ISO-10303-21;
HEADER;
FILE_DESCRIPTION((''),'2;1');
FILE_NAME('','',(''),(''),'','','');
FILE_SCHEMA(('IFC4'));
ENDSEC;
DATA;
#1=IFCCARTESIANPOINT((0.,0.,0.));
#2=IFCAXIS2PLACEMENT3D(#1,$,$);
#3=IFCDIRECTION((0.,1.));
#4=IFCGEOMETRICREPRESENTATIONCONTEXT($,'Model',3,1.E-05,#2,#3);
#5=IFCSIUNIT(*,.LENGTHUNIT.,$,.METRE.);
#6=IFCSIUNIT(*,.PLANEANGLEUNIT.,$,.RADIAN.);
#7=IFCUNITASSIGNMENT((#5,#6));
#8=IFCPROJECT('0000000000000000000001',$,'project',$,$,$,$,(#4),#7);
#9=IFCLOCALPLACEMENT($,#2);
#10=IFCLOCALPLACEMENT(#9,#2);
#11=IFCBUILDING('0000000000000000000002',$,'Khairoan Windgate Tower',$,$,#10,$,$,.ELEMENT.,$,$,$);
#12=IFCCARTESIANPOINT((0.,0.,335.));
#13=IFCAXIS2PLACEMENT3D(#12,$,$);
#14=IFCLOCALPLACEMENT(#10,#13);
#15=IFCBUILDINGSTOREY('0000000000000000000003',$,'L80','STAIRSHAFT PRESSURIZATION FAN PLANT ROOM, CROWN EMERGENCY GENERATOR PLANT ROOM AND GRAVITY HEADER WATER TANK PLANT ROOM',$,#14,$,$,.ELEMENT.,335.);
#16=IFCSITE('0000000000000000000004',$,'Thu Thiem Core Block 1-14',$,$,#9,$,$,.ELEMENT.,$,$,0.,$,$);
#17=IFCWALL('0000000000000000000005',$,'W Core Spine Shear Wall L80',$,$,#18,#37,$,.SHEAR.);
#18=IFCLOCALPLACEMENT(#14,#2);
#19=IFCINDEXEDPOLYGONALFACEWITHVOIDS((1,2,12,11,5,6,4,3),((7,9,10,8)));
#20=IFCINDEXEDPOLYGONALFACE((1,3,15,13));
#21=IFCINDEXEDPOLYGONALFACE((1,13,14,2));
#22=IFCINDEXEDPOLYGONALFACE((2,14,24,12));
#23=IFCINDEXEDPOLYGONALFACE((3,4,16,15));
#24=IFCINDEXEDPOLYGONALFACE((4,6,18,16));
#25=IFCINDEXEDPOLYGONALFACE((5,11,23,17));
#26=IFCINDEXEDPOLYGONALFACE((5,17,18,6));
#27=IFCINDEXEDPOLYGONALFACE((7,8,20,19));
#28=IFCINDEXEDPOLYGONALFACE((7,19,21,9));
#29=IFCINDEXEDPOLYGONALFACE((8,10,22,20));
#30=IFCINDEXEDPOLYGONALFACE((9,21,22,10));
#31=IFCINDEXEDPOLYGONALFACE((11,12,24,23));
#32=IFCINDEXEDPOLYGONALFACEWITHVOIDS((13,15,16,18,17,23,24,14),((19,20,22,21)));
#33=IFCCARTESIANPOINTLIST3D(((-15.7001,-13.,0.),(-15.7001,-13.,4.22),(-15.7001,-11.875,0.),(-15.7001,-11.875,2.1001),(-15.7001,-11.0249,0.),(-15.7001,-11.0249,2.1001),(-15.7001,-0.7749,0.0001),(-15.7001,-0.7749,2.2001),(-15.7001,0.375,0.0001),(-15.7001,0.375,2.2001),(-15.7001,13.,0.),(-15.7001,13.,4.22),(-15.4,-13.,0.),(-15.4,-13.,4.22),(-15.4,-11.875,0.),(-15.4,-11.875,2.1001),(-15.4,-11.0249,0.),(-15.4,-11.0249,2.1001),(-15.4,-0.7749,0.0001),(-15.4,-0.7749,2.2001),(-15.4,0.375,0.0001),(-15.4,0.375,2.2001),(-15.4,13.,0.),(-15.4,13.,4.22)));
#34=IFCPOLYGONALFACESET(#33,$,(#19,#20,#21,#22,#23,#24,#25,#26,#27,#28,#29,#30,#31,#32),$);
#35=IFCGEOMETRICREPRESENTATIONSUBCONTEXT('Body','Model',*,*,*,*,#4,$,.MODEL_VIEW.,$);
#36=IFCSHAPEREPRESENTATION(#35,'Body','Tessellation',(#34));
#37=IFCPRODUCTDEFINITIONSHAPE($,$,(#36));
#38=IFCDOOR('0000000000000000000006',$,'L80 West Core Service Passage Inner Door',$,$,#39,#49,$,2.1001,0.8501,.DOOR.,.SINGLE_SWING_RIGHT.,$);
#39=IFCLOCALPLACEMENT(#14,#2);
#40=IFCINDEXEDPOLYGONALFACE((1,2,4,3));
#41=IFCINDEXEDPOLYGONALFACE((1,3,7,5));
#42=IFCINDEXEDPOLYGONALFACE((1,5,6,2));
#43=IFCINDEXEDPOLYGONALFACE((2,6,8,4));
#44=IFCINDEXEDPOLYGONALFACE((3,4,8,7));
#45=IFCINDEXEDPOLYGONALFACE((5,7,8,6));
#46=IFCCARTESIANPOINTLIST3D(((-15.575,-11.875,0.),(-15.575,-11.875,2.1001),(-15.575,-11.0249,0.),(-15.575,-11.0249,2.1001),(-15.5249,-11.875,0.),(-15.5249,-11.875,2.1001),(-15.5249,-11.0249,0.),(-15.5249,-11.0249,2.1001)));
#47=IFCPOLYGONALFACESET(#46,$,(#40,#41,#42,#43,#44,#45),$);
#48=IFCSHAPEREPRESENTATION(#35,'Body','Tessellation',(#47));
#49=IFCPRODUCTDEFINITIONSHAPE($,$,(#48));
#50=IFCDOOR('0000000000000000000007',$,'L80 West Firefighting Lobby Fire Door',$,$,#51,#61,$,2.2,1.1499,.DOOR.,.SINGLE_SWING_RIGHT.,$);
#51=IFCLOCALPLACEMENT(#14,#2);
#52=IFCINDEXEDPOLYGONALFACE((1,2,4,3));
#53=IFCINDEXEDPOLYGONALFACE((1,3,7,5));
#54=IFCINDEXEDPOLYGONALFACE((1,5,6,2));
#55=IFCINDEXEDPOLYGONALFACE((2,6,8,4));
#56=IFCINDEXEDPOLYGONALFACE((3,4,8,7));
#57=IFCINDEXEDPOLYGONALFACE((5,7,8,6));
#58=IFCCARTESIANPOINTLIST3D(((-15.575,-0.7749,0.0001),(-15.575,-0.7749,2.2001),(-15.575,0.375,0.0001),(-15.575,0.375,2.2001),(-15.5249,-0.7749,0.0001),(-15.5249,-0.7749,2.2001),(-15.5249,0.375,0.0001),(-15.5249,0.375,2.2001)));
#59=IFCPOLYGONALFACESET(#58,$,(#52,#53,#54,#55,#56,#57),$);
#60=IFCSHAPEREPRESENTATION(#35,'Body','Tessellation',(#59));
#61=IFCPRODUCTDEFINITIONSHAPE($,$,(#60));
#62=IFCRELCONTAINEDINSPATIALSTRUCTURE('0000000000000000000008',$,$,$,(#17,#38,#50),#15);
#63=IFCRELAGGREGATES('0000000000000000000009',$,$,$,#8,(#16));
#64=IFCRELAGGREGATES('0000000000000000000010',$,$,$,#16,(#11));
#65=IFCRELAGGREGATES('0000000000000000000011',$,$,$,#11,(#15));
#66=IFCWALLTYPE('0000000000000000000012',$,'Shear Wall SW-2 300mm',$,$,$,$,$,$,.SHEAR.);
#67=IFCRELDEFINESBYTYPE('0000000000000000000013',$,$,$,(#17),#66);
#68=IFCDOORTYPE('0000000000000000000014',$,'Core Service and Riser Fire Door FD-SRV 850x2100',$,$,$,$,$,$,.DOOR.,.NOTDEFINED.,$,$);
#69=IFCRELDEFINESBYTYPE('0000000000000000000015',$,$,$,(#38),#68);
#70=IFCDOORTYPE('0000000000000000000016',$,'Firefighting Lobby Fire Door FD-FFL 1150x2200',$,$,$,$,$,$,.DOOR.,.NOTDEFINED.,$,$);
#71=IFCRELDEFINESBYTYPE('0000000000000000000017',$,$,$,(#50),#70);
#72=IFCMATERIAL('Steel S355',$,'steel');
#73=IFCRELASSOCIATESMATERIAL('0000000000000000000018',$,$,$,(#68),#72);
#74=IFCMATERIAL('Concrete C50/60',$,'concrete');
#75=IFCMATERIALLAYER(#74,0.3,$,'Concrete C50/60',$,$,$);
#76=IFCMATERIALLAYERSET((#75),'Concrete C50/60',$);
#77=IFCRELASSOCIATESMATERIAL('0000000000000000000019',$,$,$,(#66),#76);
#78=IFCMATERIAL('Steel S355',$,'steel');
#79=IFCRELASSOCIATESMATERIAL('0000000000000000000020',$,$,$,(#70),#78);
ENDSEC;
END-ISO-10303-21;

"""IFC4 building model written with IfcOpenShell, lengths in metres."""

from ifc_helpers import new_model, si_unit, direction, frame, frame_2d, origin, place, context, subcontext, project, spatial, rectangle, extrude, material, layer, layer_set, type_object, element, fill, save


model = new_model("IFC4")

# Units and contexts
model_context = context("Model", 3, precision=1e-05, world=origin(), true_north=direction((0.0, 1.0)))
body_context = subcontext(model_context, "Body", "Model", "MODEL_VIEW")
ifc_project = project(units=[si_unit("LENGTHUNIT", "METRE"), si_unit("PLANEANGLEUNIT", "RADIAN")], contexts=[model_context])

# Site, building, storey
site_placement = place(None, origin())
site = spatial("IfcSite", under=ifc_project, at=site_placement, Name="Thu Thiem Core Block 1-14", CompositionType="ELEMENT", RefElevation=0.0)
building_placement = place(site_placement, origin())
building = spatial("IfcBuilding", under=site, at=building_placement, Name="Khairoan Windgate Tower", CompositionType="ELEMENT")
storey_placement = place(building_placement, frame((0.0, 0.0, 335.0)))
storey = spatial("IfcBuildingStorey", under=building, at=storey_placement, Name="L80", Description="STAIRSHAFT PRESSURIZATION FAN PLANT ROOM, CROWN EMERGENCY GENERATOR PLANT ROOM AND GRAVITY HEADER WATER TANK PLANT ROOM", CompositionType="ELEMENT", Elevation=335.0)

# Shared definitions
ifc_material_1 = material(Name="Steel S355", Category="steel")
door_type_1 = type_object("IfcDoorType", Name="Core Service and Riser Fire Door FD-SRV 850x2100", OperationType="NOTDEFINED", PredefinedType="DOOR", material=ifc_material_1)

# Wall, openings, doors
ifc_material_2 = material(Name="Concrete C50/60", Category="concrete")
ifc_layer_1 = layer(ifc_material_2, 0.3, Name="Concrete C50/60")
ifc_layer_set_1 = layer_set([ifc_layer_1], Name="Concrete C50/60")
wall_type_1 = type_object("IfcWallType", Name="Shear Wall SW-2 300mm", PredefinedType="SHEAR", material=ifc_layer_set_1)
wall_1_placement = place(storey_placement, frame((-15.55, -13.0, 0.0), z_axis=(0.0, 0.0, 1.0), x_axis=(0.0, 1.0, 0.0)))
wall_1 = element("IfcWall", 1, at=wall_1_placement, inside=storey, type_object=wall_type_1, Name="W Core Spine Shear Wall L80", PredefinedType="SHEAR", context=body_context, shape_type="SweptSolid", body=[
    extrude(rectangle(XDim=26.0, YDim=0.3, at=frame_2d((13.0, 0.0))), origin(), (0.0, 0.0, 1.0), 4.22),
])
opening_1_placement = place(wall_1_placement, frame((12.2251, 0.0, 0.0)))
opening_1 = element("IfcOpeningElement", 2, at=opening_1_placement, cuts=wall_1, PredefinedType="OPENING", context=body_context, shape_type="SweptSolid", body=[
    extrude(rectangle(XDim=1.1499, YDim=2.2, at=frame_2d((0.575, 1.1001))), frame((0.0, 0.1599, 0.0), z_axis=(0.0, -1.0, 0.0), x_axis=(1.0, 0.0, 0.0)), (0.0, 0.0, 1.0), 0.3201),
])
opening_2_placement = place(wall_1_placement, frame((1.125, 0.0, 0.0)))
opening_2 = element("IfcOpeningElement", 3, at=opening_2_placement, cuts=wall_1, PredefinedType="OPENING", context=body_context, shape_type="SweptSolid", body=[
    extrude(rectangle(XDim=0.8501, YDim=2.1001, at=frame_2d((0.425, 1.05))), frame((0.0, 0.1599, 0.0), z_axis=(0.0, -1.0, 0.0), x_axis=(1.0, 0.0, 0.0)), (0.0, 0.0, 1.0), 0.3201),
])
door_1_placement = place(opening_2_placement, origin())
door_1 = element("IfcDoor", 4, at=door_1_placement, inside=storey, type_object=door_type_1, Name="L80 West Core Service Passage Inner Door", OperationType="SINGLE_SWING_RIGHT", OverallHeight=2.1001, OverallWidth=0.8501, PredefinedType="DOOR", context=body_context, shape_type="SweptSolid", body=[
    extrude(rectangle(XDim=0.8501, YDim=2.1001, at=frame_2d((0.425, 1.05))), frame((0.0, 0.0249, 0.0), z_axis=(0.0, -1.0, 0.0), x_axis=(1.0, 0.0, 0.0)), (0.0, 0.0, 1.0), 0.05),
])
fill(opening_2, door_1)
ifc_material_3 = material(Name="Steel S355", Category="steel")
door_type_2 = type_object("IfcDoorType", Name="Firefighting Lobby Fire Door FD-FFL 1150x2200", OperationType="NOTDEFINED", PredefinedType="DOOR", material=ifc_material_3)
door_2_placement = place(opening_1_placement, origin())
door_2 = element("IfcDoor", 5, at=door_2_placement, inside=storey, type_object=door_type_2, Name="L80 West Firefighting Lobby Fire Door", OperationType="SINGLE_SWING_RIGHT", OverallHeight=2.2, OverallWidth=1.1499, PredefinedType="DOOR", context=body_context, shape_type="SweptSolid", body=[
    extrude(rectangle(XDim=1.1499, YDim=2.2, at=frame_2d((0.575, 1.1001))), frame((0.0, 0.0249, 0.0), z_axis=(0.0, -1.0, 0.0), x_axis=(1.0, 0.0, 0.0)), (0.0, 0.0, 1.0), 0.05),
])
fill(opening_1, door_2)

save(model, "model.ifc")
